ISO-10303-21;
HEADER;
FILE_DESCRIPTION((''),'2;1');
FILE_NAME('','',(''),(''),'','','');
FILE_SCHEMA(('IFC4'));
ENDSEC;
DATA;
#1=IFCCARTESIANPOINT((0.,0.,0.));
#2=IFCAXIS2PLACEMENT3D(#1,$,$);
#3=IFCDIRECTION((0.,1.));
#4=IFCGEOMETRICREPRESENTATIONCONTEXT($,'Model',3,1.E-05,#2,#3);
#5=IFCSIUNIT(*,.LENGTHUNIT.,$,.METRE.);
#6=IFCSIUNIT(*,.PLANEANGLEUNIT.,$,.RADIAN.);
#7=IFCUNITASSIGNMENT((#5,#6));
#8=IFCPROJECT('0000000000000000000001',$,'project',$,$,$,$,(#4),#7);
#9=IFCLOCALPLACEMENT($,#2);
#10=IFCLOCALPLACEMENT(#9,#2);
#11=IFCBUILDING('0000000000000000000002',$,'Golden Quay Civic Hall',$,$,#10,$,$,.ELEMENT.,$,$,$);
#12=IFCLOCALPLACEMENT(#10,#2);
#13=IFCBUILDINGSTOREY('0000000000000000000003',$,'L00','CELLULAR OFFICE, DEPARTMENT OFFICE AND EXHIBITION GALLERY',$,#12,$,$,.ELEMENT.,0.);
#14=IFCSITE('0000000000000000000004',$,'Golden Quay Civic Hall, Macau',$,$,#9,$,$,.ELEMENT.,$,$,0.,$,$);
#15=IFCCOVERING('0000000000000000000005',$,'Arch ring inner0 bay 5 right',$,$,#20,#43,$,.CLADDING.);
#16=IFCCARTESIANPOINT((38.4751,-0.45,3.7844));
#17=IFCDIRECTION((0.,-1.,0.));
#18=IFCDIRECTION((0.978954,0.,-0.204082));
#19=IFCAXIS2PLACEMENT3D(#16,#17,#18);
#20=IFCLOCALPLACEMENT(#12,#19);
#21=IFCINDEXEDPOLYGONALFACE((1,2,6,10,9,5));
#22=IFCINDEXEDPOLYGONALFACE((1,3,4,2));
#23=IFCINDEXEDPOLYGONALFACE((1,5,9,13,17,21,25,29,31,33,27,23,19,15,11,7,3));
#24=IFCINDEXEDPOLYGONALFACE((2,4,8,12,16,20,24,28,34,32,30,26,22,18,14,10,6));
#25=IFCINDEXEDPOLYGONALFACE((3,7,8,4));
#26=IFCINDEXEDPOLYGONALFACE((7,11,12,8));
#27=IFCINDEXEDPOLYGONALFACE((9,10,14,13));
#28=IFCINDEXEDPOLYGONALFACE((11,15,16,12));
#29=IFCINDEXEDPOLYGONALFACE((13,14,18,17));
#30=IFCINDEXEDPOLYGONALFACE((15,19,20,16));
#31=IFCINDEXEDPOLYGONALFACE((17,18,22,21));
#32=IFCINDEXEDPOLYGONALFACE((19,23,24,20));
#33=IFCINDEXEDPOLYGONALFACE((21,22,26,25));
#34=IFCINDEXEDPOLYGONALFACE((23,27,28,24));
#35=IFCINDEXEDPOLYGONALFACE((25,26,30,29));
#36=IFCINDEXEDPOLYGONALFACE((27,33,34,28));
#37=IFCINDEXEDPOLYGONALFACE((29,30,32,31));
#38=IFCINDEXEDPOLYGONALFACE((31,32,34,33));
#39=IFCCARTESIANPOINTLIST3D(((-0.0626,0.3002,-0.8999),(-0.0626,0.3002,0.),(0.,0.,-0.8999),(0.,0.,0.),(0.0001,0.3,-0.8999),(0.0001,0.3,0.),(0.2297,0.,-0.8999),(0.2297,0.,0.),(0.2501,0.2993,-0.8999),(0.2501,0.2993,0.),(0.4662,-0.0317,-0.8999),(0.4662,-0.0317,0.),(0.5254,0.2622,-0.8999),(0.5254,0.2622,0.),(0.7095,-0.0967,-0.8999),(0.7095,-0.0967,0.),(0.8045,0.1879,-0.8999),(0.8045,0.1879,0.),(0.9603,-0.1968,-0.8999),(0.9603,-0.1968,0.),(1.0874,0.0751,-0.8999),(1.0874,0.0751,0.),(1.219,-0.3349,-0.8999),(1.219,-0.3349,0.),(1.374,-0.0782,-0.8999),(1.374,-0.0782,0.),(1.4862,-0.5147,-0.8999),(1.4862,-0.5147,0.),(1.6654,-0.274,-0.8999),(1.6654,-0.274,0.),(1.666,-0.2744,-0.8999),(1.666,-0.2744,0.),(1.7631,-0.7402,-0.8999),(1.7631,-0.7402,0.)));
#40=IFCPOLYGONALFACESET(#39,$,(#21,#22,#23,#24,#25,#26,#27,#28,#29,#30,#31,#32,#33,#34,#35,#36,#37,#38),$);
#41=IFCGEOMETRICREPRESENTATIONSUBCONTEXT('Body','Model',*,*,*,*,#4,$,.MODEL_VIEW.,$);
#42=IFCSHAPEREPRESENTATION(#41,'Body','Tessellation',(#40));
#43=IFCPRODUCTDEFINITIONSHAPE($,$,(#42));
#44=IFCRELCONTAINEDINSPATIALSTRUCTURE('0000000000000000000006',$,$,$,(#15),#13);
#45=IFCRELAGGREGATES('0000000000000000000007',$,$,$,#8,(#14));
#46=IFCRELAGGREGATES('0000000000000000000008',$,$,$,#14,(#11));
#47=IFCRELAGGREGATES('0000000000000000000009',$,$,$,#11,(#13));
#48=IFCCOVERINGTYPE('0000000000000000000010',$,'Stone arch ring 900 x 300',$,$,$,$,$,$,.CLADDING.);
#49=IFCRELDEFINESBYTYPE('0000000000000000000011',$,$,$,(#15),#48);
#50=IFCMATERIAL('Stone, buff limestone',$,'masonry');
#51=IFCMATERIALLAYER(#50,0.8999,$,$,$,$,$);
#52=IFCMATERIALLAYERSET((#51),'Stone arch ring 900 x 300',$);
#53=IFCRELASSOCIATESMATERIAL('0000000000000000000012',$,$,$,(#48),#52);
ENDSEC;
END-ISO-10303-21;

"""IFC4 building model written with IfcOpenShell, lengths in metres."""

from ifc_helpers import new_model, si_unit, direction, frame, origin, place, context, subcontext, project, spatial, polyline, outline, extrude, material, layer, layer_set, type_object, element, save


model = new_model("IFC4")

# Units and contexts
model_context = context("Model", 3, precision=1e-05, world=origin(), true_north=direction((0.0, 1.0)))
body_context = subcontext(model_context, "Body", "Model", "MODEL_VIEW")
ifc_project = project(units=[si_unit("LENGTHUNIT", "METRE"), si_unit("PLANEANGLEUNIT", "RADIAN")], contexts=[model_context])

# Site, building, storey
site_placement = place(None, origin())
site = spatial("IfcSite", under=ifc_project, at=site_placement, Name="Golden Quay Civic Hall, Macau", CompositionType="ELEMENT", RefElevation=0.0)
building_placement = place(site_placement, origin())
building = spatial("IfcBuilding", under=site, at=building_placement, Name="Golden Quay Civic Hall", CompositionType="ELEMENT")
storey_placement = place(building_placement, origin())
storey = spatial("IfcBuildingStorey", under=building, at=storey_placement, Name="L00", Description="CELLULAR OFFICE, DEPARTMENT OFFICE AND EXHIBITION GALLERY", CompositionType="ELEMENT", Elevation=0.0)

# Covering
ifc_material_1 = material(Name="Stone, buff limestone", Category="masonry")
ifc_layer_1 = layer(ifc_material_1, 0.8999)
ifc_layer_set_1 = layer_set([ifc_layer_1], Name="Stone arch ring 900 x 300")
covering_type_1 = type_object("IfcCoveringType", Name="Stone arch ring 900 x 300", PredefinedType="CLADDING", material=ifc_layer_set_1)
covering_1_placement = place(storey_placement, frame((38.4751, -0.45, 3.7844), z_axis=(0.0, -1.0, 0.0), x_axis=(0.978954, 0.0, -0.204082)))
element("IfcCovering", 1, at=covering_1_placement, inside=storey, type_object=covering_type_1, Name="Arch ring inner0 bay 5 right", PredefinedType="CLADDING", context=body_context, shape_type="SweptSolid", body=[
    extrude(outline(polyline([(0.0, 0.0), (0.2297, 0.0), (0.4662, -0.0317), (0.7095, -0.0967), (0.9603, -0.1968), (1.219, -0.3349), (1.4862, -0.5147), (1.7631, -0.7402), (1.666, -0.2744), (1.6654, -0.274), (1.374, -0.0782), (1.0874, 0.0751), (0.8045, 0.1879), (0.5254, 0.2622), (0.2501, 0.2993), (0.0001, 0.3), (-0.0626, 0.3002), (0.0, 0.0)])), origin(), (0.0, 0.0, -1.0), 0.8999),
])

save(model, "model.ifc")
